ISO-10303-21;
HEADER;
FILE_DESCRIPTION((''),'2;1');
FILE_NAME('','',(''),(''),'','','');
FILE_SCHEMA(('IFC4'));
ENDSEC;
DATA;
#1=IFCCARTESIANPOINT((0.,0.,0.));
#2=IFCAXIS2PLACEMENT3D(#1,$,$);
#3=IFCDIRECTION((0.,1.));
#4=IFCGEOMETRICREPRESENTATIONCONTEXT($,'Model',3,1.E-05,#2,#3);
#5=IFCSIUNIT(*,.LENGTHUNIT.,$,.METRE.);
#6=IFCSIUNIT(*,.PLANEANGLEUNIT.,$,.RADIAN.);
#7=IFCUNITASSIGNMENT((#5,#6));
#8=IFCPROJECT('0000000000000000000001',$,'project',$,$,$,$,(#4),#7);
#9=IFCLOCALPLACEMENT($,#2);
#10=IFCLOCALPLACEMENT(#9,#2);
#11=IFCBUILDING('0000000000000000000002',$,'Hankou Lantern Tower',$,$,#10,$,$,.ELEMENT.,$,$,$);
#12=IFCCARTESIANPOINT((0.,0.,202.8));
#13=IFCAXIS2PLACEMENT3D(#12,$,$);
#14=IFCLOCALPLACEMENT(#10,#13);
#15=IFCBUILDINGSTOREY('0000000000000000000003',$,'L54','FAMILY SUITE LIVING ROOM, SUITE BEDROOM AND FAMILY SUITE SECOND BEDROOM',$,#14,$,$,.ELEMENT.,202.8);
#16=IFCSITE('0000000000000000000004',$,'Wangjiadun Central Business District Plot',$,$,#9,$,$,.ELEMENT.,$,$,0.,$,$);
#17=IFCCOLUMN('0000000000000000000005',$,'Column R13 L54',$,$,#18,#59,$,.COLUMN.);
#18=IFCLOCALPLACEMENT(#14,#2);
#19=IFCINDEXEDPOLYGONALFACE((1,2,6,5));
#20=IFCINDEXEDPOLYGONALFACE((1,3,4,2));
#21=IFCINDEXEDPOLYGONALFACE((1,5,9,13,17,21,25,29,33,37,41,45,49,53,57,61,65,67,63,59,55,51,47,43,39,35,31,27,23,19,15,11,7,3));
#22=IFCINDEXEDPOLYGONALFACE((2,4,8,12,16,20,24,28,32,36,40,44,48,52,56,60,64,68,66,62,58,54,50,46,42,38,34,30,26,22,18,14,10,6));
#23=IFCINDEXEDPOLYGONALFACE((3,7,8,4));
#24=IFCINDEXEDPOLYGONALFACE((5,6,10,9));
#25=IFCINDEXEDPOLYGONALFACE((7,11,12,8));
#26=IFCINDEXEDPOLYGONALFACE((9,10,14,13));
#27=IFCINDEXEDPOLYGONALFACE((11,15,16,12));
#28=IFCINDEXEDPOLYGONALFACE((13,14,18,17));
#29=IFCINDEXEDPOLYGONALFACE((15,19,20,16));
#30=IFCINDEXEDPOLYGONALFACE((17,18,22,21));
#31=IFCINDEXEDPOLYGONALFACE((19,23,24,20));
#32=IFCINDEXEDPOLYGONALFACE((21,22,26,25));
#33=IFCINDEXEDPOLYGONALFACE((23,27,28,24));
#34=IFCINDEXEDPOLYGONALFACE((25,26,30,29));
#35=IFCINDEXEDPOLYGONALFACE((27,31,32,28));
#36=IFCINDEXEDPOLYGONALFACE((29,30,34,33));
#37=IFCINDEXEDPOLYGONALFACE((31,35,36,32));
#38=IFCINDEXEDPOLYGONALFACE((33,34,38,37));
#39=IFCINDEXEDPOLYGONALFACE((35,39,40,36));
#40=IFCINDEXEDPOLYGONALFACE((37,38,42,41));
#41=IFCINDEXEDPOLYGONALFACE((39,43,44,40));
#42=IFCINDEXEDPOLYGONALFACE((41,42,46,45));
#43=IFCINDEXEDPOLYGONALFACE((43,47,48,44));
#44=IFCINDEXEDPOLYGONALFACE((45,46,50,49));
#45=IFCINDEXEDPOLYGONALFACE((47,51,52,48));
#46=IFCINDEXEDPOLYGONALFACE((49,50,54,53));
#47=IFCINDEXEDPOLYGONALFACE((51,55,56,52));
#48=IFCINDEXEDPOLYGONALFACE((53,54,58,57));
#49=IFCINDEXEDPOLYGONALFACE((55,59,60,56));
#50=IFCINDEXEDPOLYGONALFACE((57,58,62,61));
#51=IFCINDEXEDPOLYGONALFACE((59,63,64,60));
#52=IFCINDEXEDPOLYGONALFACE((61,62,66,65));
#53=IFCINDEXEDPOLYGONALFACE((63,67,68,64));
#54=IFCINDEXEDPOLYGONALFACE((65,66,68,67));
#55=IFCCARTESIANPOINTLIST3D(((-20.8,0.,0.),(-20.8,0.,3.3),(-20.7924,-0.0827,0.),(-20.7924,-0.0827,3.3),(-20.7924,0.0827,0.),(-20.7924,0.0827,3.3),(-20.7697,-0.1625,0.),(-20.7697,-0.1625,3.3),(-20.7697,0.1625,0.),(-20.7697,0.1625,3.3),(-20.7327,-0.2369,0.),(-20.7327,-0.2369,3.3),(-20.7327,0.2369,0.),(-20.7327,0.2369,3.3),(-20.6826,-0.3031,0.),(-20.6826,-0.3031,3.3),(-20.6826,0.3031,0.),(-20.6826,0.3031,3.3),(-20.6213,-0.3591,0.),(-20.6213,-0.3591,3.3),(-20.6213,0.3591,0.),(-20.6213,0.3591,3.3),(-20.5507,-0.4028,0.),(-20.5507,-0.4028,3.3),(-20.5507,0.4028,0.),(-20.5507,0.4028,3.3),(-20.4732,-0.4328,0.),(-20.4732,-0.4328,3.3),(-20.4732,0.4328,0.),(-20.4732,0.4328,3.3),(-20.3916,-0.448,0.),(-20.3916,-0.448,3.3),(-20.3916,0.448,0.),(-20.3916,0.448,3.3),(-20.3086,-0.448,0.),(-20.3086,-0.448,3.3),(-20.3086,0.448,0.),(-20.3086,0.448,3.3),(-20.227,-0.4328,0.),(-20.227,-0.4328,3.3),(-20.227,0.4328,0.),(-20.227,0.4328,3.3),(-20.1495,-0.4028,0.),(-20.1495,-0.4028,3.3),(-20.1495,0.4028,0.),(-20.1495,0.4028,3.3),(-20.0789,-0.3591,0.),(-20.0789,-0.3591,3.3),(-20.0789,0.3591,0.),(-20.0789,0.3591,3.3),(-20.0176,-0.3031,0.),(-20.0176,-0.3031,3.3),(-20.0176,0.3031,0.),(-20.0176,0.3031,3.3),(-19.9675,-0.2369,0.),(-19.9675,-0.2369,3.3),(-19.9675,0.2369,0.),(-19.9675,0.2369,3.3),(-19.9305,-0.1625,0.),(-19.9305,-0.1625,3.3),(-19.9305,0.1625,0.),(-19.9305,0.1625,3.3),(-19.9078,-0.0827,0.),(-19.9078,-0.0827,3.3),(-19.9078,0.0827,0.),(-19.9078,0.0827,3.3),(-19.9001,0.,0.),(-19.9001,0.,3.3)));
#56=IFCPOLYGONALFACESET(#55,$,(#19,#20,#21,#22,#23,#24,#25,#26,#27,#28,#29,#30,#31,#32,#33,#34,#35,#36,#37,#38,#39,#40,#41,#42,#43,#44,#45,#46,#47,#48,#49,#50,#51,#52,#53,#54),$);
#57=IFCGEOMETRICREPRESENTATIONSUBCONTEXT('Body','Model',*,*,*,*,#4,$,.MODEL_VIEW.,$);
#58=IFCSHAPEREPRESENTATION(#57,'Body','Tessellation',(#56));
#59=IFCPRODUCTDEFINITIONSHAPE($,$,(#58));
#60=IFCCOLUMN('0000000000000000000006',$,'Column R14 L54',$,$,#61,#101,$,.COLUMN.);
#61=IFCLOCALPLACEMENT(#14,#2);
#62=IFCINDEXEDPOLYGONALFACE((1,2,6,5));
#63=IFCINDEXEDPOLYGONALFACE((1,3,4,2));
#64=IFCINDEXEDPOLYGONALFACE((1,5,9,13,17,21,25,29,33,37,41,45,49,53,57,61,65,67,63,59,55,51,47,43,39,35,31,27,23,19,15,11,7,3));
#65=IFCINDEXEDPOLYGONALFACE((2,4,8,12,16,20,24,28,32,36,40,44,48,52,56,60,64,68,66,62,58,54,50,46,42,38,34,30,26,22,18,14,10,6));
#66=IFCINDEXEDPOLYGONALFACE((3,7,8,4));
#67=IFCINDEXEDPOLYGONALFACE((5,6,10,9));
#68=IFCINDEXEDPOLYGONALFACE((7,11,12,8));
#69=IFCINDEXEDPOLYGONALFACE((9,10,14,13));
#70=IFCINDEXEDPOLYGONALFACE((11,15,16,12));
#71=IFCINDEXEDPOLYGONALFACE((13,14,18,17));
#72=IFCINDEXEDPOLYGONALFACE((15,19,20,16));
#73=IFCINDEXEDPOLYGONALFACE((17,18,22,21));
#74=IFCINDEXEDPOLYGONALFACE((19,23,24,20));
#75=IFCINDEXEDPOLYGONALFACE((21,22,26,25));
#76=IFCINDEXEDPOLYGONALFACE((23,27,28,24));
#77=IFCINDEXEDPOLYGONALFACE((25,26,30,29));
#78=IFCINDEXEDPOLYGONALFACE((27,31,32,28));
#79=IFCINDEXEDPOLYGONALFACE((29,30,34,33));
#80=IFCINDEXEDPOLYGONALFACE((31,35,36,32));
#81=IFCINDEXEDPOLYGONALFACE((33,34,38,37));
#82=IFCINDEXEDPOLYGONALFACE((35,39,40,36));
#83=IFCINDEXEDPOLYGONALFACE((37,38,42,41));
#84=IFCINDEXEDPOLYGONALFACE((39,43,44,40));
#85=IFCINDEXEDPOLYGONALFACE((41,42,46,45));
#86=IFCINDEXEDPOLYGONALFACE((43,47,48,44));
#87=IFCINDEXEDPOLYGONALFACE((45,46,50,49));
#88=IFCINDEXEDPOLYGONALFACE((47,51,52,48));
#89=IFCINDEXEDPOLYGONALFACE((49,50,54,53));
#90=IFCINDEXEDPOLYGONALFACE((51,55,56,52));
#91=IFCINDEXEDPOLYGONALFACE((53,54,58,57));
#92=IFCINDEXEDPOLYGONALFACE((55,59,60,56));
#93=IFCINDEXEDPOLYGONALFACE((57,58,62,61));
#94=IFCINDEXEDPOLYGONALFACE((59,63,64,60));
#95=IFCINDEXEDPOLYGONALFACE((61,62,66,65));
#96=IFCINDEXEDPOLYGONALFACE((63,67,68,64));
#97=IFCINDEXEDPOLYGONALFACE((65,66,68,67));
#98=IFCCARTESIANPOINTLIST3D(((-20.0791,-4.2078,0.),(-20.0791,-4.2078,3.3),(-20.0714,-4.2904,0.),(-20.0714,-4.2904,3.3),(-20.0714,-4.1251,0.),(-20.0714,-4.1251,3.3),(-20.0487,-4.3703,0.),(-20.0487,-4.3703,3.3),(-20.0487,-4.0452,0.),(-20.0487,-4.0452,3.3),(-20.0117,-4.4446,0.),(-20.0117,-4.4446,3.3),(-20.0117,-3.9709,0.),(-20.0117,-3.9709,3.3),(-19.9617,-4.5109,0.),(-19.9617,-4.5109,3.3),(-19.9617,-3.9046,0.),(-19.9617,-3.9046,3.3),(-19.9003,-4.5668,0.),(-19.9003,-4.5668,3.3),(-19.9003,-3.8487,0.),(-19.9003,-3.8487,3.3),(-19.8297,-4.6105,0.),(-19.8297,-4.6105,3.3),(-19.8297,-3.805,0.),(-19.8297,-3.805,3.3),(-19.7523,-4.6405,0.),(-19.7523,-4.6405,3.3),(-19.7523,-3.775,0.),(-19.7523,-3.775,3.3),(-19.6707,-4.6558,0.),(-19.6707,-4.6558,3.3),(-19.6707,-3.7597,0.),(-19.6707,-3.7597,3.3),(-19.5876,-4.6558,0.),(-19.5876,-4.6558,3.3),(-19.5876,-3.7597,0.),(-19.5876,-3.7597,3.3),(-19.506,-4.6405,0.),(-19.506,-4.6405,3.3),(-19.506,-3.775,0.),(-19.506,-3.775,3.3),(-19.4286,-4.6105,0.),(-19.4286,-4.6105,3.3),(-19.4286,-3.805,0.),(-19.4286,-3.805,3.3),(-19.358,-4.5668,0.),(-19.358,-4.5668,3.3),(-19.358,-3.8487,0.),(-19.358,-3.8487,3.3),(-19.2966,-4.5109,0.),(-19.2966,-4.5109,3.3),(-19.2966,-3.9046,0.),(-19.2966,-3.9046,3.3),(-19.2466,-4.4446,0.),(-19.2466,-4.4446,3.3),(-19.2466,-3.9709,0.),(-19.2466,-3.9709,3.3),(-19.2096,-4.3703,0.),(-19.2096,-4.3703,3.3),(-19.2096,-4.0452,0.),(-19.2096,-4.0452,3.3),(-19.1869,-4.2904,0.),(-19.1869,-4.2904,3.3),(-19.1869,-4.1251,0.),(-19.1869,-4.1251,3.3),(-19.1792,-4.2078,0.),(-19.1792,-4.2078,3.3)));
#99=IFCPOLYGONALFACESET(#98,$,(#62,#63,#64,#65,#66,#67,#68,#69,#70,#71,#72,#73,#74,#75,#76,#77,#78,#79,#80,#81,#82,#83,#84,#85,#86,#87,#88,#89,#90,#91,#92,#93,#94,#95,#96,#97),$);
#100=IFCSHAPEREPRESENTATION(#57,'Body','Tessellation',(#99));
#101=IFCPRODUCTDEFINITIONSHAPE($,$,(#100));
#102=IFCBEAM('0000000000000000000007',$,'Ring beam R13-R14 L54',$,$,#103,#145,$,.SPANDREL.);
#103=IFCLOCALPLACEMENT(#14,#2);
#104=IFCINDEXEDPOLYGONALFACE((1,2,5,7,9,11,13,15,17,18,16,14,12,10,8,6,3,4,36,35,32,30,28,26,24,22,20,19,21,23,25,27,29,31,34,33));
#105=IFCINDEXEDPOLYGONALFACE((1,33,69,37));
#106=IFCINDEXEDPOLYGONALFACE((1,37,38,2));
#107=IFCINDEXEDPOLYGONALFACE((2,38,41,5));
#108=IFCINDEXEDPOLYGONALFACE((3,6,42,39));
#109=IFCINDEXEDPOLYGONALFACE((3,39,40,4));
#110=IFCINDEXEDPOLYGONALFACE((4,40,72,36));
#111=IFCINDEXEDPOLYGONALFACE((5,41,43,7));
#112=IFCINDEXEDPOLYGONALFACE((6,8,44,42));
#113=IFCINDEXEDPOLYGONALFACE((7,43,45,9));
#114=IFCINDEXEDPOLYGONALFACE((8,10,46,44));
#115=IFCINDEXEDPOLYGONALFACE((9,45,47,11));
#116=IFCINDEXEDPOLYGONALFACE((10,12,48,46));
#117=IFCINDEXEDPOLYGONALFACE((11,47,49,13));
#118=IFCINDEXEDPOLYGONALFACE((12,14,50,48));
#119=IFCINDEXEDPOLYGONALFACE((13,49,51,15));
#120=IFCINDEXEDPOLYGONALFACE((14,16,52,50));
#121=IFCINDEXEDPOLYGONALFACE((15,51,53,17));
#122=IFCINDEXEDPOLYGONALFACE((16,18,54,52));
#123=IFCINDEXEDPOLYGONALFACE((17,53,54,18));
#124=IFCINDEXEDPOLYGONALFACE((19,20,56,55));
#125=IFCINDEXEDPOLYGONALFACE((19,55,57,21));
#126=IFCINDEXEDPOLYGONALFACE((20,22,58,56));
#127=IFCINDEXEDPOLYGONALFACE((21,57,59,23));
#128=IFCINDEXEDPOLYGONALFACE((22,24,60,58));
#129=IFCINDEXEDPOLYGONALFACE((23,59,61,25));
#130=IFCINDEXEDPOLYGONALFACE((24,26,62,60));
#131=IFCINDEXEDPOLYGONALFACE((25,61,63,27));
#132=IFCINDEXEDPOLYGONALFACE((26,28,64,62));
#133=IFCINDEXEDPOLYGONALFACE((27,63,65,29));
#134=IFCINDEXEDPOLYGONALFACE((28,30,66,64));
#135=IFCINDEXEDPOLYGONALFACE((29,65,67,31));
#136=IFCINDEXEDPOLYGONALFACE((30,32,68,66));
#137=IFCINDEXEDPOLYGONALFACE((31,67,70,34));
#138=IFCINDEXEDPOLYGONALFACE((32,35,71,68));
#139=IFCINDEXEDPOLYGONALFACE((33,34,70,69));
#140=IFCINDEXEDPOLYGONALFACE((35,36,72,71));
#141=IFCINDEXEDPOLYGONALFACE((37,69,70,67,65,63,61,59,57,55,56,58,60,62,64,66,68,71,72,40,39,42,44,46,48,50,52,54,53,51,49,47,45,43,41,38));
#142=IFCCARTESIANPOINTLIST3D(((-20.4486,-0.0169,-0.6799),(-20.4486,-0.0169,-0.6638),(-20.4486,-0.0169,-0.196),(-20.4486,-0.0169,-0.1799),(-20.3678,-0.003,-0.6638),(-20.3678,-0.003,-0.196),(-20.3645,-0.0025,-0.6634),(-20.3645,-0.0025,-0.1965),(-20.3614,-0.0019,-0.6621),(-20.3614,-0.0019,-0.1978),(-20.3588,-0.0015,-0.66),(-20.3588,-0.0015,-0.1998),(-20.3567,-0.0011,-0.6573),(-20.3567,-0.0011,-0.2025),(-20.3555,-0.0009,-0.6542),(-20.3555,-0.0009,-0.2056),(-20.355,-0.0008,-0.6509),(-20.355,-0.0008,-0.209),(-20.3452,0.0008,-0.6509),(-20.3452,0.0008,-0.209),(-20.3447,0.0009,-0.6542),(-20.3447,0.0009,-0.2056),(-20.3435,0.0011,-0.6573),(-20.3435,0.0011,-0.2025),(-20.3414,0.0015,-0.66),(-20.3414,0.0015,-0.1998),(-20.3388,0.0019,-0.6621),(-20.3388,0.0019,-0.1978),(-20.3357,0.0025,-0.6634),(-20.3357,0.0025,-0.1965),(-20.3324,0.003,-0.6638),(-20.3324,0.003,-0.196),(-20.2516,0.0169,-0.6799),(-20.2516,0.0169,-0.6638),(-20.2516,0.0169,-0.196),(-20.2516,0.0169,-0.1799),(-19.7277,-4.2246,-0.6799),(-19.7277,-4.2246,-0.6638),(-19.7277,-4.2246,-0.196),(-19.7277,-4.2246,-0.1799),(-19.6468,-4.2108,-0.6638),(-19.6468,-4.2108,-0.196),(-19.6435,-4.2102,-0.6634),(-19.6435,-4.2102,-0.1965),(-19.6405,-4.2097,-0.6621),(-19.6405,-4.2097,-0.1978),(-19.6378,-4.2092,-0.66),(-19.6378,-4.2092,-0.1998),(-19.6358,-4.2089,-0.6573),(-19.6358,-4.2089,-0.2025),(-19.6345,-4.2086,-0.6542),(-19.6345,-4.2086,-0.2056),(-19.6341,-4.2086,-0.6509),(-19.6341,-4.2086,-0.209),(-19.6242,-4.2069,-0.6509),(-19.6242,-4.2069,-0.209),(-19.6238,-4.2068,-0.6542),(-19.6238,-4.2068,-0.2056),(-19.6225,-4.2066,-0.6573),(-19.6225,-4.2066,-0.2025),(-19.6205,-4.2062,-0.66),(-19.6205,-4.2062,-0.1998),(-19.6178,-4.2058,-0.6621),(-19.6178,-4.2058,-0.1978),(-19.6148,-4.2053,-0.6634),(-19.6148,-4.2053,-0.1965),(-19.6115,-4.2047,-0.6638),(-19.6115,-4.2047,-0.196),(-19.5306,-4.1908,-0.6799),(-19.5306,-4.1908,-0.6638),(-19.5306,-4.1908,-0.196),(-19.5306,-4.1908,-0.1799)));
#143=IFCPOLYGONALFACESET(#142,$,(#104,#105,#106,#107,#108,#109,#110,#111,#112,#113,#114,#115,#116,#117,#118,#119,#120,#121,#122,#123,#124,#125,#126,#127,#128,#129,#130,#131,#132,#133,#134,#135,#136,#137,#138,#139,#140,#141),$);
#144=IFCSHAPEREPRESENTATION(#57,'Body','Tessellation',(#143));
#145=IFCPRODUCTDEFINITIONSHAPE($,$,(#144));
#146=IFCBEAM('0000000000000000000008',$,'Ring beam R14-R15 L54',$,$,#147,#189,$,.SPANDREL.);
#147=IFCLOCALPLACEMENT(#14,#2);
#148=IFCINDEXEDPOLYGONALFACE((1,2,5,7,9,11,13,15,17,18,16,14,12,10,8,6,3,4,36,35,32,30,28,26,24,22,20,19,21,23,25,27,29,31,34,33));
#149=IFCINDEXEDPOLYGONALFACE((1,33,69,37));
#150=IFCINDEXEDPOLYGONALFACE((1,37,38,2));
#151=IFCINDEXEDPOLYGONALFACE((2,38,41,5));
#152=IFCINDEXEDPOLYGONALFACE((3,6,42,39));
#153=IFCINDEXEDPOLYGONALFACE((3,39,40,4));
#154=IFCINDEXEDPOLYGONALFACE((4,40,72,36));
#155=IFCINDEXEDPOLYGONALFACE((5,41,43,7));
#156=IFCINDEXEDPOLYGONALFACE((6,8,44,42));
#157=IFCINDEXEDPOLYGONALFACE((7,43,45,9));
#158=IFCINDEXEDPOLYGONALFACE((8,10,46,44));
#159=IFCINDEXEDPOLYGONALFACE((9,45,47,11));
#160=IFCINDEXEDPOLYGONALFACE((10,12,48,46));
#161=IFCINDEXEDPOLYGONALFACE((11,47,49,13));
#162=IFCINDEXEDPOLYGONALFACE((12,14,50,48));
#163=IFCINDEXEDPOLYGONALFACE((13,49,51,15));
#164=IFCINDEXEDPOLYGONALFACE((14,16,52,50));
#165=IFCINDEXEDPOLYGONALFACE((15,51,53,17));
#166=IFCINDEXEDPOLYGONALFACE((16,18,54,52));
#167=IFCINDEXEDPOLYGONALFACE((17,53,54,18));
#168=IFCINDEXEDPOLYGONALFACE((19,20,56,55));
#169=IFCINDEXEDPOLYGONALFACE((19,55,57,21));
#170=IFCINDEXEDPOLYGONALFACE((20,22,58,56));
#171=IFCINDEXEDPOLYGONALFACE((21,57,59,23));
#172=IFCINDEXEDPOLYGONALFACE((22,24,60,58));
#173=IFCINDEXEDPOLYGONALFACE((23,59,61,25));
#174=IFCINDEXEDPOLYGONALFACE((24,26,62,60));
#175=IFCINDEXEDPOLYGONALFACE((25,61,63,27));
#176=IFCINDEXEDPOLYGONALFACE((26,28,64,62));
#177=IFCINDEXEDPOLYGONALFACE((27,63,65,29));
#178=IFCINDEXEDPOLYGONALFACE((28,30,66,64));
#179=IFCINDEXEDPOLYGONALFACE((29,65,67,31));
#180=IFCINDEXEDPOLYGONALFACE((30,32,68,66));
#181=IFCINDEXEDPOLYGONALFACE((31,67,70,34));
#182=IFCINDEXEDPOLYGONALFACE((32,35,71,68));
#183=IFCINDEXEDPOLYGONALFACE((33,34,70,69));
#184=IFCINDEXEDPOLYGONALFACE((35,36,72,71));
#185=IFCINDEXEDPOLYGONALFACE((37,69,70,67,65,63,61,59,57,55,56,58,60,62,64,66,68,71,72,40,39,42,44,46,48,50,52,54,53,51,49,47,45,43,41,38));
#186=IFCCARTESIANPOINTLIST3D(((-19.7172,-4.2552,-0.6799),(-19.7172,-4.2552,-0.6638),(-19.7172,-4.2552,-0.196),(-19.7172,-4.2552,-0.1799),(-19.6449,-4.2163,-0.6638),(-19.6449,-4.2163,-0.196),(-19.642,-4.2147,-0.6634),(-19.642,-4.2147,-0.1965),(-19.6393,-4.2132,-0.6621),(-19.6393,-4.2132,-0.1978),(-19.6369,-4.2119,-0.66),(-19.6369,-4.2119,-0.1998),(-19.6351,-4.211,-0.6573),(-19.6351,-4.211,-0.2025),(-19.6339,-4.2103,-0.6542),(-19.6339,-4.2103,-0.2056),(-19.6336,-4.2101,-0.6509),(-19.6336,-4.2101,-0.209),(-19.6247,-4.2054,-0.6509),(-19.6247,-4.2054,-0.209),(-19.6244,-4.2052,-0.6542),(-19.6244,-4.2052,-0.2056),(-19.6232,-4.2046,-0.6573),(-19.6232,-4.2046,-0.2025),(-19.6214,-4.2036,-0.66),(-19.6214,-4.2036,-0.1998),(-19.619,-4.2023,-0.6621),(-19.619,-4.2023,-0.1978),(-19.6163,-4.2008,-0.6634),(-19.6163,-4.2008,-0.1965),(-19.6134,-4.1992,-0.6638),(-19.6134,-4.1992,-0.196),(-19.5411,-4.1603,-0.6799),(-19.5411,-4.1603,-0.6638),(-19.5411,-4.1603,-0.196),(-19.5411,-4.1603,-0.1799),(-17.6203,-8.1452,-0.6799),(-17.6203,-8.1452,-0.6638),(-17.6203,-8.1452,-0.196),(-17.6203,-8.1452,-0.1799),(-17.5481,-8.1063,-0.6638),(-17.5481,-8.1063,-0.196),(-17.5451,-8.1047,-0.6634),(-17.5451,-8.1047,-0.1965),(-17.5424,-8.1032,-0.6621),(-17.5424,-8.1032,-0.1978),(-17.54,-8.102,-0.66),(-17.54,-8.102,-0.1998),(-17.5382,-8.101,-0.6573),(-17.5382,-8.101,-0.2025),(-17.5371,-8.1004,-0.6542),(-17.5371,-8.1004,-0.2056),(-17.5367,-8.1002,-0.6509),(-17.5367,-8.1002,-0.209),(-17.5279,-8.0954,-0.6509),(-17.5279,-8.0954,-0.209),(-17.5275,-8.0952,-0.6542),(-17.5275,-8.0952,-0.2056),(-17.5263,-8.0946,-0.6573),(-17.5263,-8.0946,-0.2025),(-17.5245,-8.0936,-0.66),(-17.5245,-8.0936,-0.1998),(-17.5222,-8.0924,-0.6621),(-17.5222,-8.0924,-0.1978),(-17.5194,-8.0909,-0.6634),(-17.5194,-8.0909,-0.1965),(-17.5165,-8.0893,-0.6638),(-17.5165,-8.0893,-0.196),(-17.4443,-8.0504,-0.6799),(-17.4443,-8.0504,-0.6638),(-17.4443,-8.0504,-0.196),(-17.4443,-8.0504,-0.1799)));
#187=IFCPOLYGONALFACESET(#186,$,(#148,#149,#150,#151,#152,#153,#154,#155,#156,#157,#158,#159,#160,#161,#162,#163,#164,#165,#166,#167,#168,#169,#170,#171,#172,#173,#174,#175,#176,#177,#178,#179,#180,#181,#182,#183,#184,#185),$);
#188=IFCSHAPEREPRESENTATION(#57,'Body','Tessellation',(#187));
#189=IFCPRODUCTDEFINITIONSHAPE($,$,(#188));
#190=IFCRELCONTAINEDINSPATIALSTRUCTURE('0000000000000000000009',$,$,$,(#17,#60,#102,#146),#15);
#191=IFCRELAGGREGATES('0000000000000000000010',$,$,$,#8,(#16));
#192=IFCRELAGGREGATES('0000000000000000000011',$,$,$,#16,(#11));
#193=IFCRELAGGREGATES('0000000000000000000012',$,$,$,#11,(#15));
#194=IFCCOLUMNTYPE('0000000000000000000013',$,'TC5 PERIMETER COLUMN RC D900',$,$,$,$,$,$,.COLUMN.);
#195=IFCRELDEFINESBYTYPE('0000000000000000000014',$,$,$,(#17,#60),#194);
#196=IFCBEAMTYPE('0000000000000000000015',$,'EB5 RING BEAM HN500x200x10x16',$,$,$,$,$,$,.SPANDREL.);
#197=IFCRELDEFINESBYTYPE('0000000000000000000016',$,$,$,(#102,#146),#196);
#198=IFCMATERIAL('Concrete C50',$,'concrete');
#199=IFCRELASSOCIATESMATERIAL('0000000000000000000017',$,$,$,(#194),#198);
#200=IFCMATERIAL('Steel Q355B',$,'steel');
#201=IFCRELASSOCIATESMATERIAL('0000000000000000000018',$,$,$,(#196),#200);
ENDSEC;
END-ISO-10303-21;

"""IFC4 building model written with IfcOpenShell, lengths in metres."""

from ifc_helpers import new_model, si_unit, direction, frame, origin, origin_2d, place, context, subcontext, project, spatial, circle, i_section, extrude, material, material_profile, profile_set, type_object, element, save


model = new_model("IFC4")

# Units and contexts
model_context = context("Model", 3, precision=1e-05, world=origin(), true_north=direction((0.0, 1.0)))
body_context = subcontext(model_context, "Body", "Model", "MODEL_VIEW")
ifc_project = project(units=[si_unit("LENGTHUNIT", "METRE"), si_unit("PLANEANGLEUNIT", "RADIAN")], contexts=[model_context])

# Site, building, storey
site_placement = place(None, origin())
site = spatial("IfcSite", under=ifc_project, at=site_placement, Name="Wangjiadun Central Business District Plot", CompositionType="ELEMENT", RefElevation=0.0)
building_placement = place(site_placement, origin())
building = spatial("IfcBuilding", under=site, at=building_placement, Name="Hankou Lantern Tower", CompositionType="ELEMENT")
storey_placement = place(building_placement, frame((0.0, 0.0, 202.8)))
storey = spatial("IfcBuildingStorey", under=building, at=storey_placement, Name="L54", Description="FAMILY SUITE LIVING ROOM, SUITE BEDROOM AND FAMILY SUITE SECOND BEDROOM", CompositionType="ELEMENT", Elevation=202.8)

# Columns
ifc_material_1 = material(Name="Concrete C50", Category="concrete")
ifc_material_profile_1 = material_profile(ifc_material_1, circle(Radius=0.45, at=origin_2d()), Name="RC D900")
ifc_profile_set_1 = profile_set([ifc_material_profile_1], Name="Concrete C50")
column_type = type_object("IfcColumnType", Name="TC5 PERIMETER COLUMN RC D900", PredefinedType="COLUMN", material=ifc_profile_set_1)
for number, where, z_axis, x_axis, name in (
    (1, (-20.3501, 0.0, 0.0), (0.0, 0.0, 1.0), (1.0, 0.0, 0.0), "Column R13 L54"),
    (2, (-19.6292, -4.2078, 0.0), (0.0, 0.0, 1.0), (1.0, 0.0, 0.0), "Column R14 L54"),
):
    element("IfcColumn", number, at=place(storey_placement, frame(where, z_axis=z_axis, x_axis=x_axis)), inside=storey, type_object=column_type, Name=name, PredefinedType="COLUMN", context=body_context, shape_type="SweptSolid", body=[
        extrude(circle(Radius=0.45, at=origin_2d()), origin(), (0.0, 0.0, 1.0), 3.3),
    ])

# Beams
ifc_material_2 = material(Name="Steel Q355B", Category="steel")
ifc_material_profile_2 = material_profile(ifc_material_2, i_section(OverallWidth=0.2, OverallDepth=0.5, WebThickness=0.01, FlangeThickness=0.0161, FilletRadius=0.0129, at=origin_2d()), Name="HN500x200x10x16")
ifc_profile_set_2 = profile_set([ifc_material_profile_2], Name="Steel Q355B")
beam_type_1 = type_object("IfcBeamType", Name="EB5 RING BEAM HN500x200x10x16", PredefinedType="SPANDREL", material=ifc_profile_set_2)
beam_1_placement = place(storey_placement, frame((-20.3501, 0.0, -0.4299), z_axis=(0.168877, -0.985637, 0.0), x_axis=(0.985637, 0.168877, 0.0)))
element("IfcBeam", 3, at=beam_1_placement, inside=storey, type_object=beam_type_1, Name="Ring beam R13-R14 L54", PredefinedType="SPANDREL", context=body_context, shape_type="SweptSolid", body=[
    extrude(i_section(OverallWidth=0.2, OverallDepth=0.5, WebThickness=0.01, FlangeThickness=0.0161, FilletRadius=0.0129, at=origin_2d()), origin(), (0.0, 0.0, 1.0), 4.269),
])
beam_2_placement = place(storey_placement, frame((-19.6292, -4.2078, -0.4299), z_axis=(0.474492, -0.88026, 0.0), x_axis=(0.88026, 0.474492, 0.0)))
element("IfcBeam", 4, at=beam_2_placement, inside=storey, type_object=beam_type_1, Name="Ring beam R14-R15 L54", PredefinedType="SPANDREL", context=body_context, shape_type="SweptSolid", body=[
    extrude(i_section(OverallWidth=0.2, OverallDepth=0.5, WebThickness=0.01, FlangeThickness=0.0161, FilletRadius=0.0129, at=origin_2d()), origin(), (0.0, 0.0, 1.0), 4.4192),
])

save(model, "model.ifc")
